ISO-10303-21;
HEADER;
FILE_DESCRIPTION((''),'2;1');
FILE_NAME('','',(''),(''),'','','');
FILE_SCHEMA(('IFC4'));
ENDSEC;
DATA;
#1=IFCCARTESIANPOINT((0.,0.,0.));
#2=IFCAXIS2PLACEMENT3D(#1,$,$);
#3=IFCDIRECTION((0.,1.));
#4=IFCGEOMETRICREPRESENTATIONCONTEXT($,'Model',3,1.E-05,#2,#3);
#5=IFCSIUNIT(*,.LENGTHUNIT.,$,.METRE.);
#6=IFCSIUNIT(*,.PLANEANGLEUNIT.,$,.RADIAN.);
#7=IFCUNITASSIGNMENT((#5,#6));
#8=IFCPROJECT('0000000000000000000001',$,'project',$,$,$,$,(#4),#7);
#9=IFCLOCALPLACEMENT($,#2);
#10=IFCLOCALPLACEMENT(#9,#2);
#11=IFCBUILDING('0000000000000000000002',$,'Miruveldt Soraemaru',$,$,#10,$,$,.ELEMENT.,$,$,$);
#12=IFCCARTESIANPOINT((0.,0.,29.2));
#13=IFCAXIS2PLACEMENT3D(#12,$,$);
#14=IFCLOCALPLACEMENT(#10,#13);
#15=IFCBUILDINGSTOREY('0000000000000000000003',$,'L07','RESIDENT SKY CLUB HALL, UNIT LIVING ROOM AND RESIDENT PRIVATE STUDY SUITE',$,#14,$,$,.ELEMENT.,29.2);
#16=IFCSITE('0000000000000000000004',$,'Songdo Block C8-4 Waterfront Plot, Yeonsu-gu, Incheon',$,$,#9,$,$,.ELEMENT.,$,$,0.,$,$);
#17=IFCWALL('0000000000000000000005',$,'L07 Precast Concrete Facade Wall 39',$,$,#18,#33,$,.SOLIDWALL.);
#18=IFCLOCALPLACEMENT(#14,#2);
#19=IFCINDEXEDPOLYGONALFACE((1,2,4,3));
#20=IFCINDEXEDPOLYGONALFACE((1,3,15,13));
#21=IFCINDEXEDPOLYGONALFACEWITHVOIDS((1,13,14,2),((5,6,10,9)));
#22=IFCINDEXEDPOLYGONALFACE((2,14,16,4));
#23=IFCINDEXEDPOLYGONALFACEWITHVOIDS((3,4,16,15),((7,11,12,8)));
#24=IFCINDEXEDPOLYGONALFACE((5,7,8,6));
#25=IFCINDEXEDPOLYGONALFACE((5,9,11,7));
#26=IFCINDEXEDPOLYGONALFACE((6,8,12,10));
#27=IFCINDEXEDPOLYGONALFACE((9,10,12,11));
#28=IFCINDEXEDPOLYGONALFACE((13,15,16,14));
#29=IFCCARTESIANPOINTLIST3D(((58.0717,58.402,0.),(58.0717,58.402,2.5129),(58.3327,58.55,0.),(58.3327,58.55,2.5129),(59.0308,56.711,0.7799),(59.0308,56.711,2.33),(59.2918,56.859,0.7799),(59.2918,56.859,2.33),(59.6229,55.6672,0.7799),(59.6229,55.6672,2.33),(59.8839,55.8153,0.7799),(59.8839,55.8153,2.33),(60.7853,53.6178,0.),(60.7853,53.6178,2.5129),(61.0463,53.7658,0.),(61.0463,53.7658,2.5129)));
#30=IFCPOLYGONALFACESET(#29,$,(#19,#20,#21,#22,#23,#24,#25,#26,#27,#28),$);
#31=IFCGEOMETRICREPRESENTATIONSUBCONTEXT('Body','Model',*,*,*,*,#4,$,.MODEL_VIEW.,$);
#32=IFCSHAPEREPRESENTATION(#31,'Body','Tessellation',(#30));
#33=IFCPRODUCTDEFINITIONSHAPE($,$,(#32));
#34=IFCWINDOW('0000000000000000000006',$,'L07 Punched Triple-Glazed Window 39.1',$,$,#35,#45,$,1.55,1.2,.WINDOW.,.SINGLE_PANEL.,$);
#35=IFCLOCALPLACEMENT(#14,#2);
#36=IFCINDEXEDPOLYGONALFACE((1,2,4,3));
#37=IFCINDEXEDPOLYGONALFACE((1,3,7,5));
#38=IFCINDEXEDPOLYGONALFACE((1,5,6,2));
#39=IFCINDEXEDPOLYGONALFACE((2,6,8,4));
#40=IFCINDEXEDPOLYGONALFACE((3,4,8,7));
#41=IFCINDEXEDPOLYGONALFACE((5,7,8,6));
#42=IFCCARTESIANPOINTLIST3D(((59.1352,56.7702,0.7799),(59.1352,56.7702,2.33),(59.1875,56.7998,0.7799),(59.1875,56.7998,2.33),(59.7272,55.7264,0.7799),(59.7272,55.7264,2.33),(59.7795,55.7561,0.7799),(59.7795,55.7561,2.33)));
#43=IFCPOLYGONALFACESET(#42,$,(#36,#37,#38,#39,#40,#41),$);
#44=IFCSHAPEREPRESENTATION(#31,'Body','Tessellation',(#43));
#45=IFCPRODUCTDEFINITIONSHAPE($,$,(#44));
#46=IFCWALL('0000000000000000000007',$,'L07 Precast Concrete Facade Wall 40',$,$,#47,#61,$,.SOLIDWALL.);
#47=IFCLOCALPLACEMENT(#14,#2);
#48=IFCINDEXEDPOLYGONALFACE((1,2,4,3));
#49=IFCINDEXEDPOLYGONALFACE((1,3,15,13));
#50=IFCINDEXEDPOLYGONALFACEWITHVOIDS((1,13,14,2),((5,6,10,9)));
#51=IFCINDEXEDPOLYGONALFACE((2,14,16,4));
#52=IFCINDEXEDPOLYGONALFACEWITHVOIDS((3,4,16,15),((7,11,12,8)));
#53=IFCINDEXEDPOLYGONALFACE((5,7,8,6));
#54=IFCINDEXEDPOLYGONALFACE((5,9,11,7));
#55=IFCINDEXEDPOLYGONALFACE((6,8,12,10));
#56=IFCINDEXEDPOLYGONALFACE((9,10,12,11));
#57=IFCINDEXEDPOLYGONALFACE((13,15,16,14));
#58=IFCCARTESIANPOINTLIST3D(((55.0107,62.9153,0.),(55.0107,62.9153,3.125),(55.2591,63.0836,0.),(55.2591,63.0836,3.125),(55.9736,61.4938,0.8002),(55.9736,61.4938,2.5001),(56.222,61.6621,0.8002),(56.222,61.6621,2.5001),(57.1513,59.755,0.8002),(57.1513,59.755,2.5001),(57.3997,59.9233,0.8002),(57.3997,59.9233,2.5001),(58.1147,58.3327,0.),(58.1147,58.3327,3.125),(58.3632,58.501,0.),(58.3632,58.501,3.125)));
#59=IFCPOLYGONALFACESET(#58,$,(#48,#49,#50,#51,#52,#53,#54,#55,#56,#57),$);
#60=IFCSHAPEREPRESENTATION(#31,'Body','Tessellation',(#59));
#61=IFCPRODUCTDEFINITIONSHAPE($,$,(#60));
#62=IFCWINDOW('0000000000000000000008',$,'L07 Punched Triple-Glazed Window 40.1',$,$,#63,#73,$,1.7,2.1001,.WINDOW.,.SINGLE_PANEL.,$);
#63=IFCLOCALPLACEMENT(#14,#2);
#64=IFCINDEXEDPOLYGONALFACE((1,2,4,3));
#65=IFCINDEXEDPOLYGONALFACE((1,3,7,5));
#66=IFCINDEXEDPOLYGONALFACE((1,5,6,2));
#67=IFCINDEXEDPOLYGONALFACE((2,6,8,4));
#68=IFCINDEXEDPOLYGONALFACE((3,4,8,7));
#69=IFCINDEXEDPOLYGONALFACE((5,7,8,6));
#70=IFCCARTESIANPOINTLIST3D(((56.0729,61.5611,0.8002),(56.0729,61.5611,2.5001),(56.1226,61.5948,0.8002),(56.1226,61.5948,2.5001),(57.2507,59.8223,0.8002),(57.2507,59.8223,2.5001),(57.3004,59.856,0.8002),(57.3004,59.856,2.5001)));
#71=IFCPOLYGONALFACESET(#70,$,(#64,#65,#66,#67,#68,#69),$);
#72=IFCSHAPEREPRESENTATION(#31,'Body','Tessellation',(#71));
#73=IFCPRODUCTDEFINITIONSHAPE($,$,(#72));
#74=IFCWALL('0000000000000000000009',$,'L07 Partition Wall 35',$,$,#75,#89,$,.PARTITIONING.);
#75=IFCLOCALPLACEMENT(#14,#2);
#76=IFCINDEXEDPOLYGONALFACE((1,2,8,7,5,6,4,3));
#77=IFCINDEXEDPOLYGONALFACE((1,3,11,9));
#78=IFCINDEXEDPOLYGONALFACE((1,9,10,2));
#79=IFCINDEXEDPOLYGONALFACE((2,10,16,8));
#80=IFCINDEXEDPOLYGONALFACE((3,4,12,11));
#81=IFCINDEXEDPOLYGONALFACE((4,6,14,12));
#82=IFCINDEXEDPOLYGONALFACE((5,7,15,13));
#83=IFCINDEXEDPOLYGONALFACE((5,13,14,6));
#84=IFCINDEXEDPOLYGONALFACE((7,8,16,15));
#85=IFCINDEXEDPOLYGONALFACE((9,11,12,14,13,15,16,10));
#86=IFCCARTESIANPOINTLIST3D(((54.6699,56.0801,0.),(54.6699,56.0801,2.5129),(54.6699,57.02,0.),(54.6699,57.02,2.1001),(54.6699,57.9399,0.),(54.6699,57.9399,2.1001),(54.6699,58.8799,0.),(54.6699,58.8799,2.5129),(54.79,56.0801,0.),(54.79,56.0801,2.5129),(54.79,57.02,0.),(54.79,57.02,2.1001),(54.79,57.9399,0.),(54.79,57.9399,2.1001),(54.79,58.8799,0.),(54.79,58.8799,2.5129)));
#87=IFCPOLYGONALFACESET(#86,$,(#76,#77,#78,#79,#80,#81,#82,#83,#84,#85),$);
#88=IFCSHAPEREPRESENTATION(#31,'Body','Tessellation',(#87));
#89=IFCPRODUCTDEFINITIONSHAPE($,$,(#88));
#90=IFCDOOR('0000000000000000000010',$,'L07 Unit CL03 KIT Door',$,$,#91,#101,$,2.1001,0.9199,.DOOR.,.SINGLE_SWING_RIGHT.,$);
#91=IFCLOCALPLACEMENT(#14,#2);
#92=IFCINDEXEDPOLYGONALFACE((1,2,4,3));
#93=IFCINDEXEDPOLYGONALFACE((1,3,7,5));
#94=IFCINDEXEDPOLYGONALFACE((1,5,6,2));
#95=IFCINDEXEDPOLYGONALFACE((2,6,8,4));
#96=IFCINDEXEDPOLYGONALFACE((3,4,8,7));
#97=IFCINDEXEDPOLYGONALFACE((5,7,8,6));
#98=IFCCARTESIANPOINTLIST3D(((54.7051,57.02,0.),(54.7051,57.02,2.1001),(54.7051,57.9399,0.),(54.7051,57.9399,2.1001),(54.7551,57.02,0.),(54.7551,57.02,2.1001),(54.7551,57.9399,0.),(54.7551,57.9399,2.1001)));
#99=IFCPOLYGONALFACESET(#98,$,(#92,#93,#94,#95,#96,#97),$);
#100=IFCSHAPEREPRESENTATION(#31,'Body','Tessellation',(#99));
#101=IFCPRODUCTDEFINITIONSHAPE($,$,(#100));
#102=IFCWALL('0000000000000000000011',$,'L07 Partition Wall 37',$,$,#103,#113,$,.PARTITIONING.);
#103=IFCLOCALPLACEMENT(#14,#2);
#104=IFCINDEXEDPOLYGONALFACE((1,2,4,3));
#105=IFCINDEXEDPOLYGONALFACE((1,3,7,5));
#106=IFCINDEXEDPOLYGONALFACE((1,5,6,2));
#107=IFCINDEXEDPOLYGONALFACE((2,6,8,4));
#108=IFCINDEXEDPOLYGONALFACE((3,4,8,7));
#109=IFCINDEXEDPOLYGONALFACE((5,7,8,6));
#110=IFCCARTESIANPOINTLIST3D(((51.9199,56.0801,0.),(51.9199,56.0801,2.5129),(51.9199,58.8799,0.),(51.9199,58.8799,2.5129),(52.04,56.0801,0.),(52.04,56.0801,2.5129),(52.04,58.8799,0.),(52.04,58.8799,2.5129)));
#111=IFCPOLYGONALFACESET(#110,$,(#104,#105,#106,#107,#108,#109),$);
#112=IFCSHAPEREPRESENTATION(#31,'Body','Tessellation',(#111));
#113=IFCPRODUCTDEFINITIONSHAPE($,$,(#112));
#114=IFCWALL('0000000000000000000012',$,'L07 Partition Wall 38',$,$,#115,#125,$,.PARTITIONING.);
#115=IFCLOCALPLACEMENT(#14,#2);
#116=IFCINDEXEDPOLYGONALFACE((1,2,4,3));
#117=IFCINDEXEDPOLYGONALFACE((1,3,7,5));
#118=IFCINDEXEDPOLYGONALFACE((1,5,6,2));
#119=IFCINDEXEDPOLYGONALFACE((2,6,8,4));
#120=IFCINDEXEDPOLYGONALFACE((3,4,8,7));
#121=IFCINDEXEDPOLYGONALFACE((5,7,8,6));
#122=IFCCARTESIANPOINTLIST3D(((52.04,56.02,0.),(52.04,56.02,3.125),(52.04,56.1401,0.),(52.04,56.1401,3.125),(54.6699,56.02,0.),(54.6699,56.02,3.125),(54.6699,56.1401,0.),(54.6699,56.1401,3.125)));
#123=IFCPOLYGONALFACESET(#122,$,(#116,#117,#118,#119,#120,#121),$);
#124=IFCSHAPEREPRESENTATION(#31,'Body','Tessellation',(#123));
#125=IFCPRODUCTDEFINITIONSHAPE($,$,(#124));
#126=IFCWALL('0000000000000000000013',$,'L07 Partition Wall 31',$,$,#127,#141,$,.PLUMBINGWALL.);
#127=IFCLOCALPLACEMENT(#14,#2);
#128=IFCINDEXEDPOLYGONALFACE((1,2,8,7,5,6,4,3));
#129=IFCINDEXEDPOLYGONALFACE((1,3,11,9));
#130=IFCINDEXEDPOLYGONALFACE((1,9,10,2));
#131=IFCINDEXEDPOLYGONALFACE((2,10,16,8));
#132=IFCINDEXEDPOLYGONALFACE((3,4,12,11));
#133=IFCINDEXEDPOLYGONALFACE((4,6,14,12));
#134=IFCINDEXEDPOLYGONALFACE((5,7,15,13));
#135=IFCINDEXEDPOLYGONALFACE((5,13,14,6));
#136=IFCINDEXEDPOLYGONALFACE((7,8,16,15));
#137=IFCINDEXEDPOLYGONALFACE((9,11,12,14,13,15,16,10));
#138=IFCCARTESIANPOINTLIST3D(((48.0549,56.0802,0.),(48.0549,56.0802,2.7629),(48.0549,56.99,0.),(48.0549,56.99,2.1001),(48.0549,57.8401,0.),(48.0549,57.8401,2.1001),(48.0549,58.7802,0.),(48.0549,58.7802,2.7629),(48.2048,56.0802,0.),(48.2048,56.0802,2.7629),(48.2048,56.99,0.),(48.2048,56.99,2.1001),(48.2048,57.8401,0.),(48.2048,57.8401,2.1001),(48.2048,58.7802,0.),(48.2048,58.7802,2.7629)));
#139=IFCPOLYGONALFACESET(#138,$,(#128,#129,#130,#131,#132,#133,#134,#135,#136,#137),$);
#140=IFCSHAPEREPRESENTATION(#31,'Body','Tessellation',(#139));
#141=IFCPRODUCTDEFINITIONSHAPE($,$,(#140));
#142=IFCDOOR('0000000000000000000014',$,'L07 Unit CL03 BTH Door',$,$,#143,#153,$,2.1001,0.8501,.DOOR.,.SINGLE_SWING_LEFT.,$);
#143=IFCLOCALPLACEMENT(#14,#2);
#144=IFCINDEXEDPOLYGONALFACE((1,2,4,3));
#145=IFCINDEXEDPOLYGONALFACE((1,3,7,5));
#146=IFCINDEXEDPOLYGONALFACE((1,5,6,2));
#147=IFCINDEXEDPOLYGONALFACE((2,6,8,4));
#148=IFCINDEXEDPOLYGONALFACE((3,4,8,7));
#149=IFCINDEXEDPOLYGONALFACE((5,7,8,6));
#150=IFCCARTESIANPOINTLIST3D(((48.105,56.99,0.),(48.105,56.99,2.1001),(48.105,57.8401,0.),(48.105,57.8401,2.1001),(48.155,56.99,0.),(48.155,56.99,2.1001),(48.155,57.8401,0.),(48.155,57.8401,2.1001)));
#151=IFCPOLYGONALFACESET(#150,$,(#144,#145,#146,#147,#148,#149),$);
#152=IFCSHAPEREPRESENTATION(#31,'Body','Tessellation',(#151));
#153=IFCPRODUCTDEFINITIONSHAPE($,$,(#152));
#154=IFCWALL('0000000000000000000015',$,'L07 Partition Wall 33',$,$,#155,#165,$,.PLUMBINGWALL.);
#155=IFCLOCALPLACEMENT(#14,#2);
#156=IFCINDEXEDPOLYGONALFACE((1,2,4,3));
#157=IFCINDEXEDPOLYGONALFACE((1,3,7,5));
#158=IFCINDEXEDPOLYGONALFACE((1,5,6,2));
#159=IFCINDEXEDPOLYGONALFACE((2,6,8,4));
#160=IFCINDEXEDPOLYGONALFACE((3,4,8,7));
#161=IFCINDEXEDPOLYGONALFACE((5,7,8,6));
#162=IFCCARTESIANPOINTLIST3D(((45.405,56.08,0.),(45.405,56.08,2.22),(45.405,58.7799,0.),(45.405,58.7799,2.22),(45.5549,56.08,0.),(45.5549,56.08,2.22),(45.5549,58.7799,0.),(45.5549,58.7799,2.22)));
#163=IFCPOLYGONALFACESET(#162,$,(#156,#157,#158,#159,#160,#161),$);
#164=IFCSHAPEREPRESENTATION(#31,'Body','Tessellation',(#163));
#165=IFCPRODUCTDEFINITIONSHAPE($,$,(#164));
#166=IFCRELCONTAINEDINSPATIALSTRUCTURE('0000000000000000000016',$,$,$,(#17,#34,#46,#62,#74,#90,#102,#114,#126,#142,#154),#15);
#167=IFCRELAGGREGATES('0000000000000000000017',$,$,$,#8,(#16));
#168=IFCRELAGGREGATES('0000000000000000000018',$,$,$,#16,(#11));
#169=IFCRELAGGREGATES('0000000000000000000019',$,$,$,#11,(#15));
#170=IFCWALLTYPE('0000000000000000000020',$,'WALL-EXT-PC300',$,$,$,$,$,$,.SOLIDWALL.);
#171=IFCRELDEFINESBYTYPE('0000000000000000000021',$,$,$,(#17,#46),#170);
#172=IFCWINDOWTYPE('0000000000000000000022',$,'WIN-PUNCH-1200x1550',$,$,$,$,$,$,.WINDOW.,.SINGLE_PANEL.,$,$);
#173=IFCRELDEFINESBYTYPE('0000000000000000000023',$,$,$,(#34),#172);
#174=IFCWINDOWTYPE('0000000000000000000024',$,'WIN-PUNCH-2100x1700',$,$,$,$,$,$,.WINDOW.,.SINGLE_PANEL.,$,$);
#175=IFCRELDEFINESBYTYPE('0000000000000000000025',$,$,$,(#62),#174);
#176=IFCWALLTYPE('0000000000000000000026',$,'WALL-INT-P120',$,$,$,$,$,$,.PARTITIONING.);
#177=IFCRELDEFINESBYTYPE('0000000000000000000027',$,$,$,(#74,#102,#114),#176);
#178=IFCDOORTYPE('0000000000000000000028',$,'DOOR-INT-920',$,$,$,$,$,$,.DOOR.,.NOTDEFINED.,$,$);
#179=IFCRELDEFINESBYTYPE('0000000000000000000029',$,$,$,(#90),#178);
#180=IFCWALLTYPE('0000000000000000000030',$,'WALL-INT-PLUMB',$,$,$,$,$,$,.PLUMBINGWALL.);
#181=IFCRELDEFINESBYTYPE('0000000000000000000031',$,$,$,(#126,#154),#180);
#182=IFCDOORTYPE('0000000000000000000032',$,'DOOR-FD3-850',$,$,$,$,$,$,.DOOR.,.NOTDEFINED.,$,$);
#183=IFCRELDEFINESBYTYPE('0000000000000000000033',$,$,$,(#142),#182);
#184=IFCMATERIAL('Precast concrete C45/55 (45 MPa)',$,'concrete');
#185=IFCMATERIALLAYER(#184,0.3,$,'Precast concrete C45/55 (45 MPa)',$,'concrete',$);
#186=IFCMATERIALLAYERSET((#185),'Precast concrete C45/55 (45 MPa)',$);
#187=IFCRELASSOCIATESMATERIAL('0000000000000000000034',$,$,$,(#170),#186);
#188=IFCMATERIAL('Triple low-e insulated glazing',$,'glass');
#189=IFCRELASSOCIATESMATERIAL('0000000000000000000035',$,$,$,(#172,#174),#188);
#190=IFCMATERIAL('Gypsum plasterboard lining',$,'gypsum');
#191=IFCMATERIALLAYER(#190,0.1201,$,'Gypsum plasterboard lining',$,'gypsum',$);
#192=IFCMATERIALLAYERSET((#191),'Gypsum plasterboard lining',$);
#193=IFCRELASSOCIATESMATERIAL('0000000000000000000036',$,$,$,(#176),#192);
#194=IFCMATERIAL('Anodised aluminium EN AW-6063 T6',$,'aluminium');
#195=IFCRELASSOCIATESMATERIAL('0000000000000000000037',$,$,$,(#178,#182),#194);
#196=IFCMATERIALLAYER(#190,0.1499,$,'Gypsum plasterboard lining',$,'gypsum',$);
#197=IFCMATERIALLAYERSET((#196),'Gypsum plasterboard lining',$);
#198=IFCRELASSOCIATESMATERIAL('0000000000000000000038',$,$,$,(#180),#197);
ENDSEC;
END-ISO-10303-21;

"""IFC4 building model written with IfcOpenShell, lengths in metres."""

from ifc_helpers import new_model, si_unit, direction, frame, frame_2d, origin, place, context, subcontext, project, spatial, rectangle, extrude, material, layer, layer_set, type_object, element, fill, save


model = new_model("IFC4")

# Units and contexts
model_context = context("Model", 3, precision=1e-05, world=origin(), true_north=direction((0.0, 1.0)))
body_context = subcontext(model_context, "Body", "Model", "MODEL_VIEW")
ifc_project = project(units=[si_unit("LENGTHUNIT", "METRE"), si_unit("PLANEANGLEUNIT", "RADIAN")], contexts=[model_context])

# Site, building, storey
site_placement = place(None, origin())
site = spatial("IfcSite", under=ifc_project, at=site_placement, Name="Songdo Block C8-4 Waterfront Plot, Yeonsu-gu, Incheon", CompositionType="ELEMENT", RefElevation=0.0)
building_placement = place(site_placement, origin())
building = spatial("IfcBuilding", under=site, at=building_placement, Name="Miruveldt Soraemaru", CompositionType="ELEMENT")
storey_placement = place(building_placement, frame((0.0, 0.0, 29.2)))
storey = spatial("IfcBuildingStorey", under=building, at=storey_placement, Name="L07", Description="RESIDENT SKY CLUB HALL, UNIT LIVING ROOM AND RESIDENT PRIVATE STUDY SUITE", CompositionType="ELEMENT", Elevation=29.2)

# Walls, openings, windows
ifc_material_1 = material(Name="Precast concrete C45/55 (45 MPa)", Category="concrete")
ifc_layer_1 = layer(ifc_material_1, 0.3, Name="Precast concrete C45/55 (45 MPa)", Category="concrete")
ifc_layer_set_1 = layer_set([ifc_layer_1], Name="Precast concrete C45/55 (45 MPa)")
wall_type_1 = type_object("IfcWallType", Name="WALL-EXT-PC300", PredefinedType="SOLIDWALL", material=ifc_layer_set_1)
wall_1_placement = place(storey_placement, frame((60.9158, 53.6919, 0.0), z_axis=(0.0, 0.0, 1.0), x_axis=(-0.493369, 0.86982, 0.0)))
wall_1 = element("IfcWall", 1, at=wall_1_placement, inside=storey, type_object=wall_type_1, Name="L07 Precast Concrete Facade Wall 39", PredefinedType="SOLIDWALL", context=body_context, shape_type="SweptSolid", body=[
    extrude(rectangle(XDim=5.5002, YDim=0.3, at=frame_2d((2.75, 0.0))), origin(), (0.0, 0.0, 1.0), 2.5129),
])
opening_1_placement = place(wall_1_placement, frame((2.356, 0.0, 0.78)))
opening_1 = element("IfcOpeningElement", 2, at=opening_1_placement, cuts=wall_1, PredefinedType="OPENING", context=body_context, shape_type="SweptSolid", body=[
    extrude(rectangle(XDim=1.2, YDim=1.55, at=frame_2d((0.6001, 0.7749))), frame((0.0, 0.1602, 0.0), z_axis=(0.0, -1.0, 0.0), x_axis=(1.0, 0.0, 0.0)), (0.0, 0.0, 1.0), 0.3201),
])
ifc_material_2 = material(Name="Triple low-e insulated glazing", Category="glass")
window_type_1 = type_object("IfcWindowType", Name="WIN-PUNCH-1200x1550", PartitioningType="SINGLE_PANEL", PredefinedType="WINDOW", material=ifc_material_2)
window_1_placement = place(opening_1_placement, origin())
window_1 = element("IfcWindow", 3, at=window_1_placement, inside=storey, type_object=window_type_1, Name="L07 Punched Triple-Glazed Window 39.1", OverallHeight=1.55, OverallWidth=1.2, PartitioningType="SINGLE_PANEL", PredefinedType="WINDOW", context=body_context, shape_type="SweptSolid", body=[
    extrude(rectangle(XDim=1.2, YDim=1.55, at=frame_2d((0.6001, 0.7749))), frame((0.0, 0.03, 0.0), z_axis=(0.0, -1.0, 0.0), x_axis=(1.0, 0.0, 0.0)), (0.0, 0.0, 1.0), 0.0601),
])
fill(opening_1, window_1)
wall_2_placement = place(storey_placement, frame((58.239, 58.4167, 0.0), z_axis=(0.0, 0.0, 1.0), x_axis=(-0.560813, 0.827942, 0.0)))
wall_2 = element("IfcWall", 4, at=wall_2_placement, inside=storey, type_object=wall_type_1, Name="L07 Precast Concrete Facade Wall 40", PredefinedType="SOLIDWALL", context=body_context, shape_type="SweptSolid", body=[
    extrude(rectangle(XDim=5.5349, YDim=0.3, at=frame_2d((2.7676, 0.0))), origin(), (0.0, 0.0, 1.0), 3.125),
])
opening_2_placement = place(wall_2_placement, frame((1.718, 0.0, 0.8)))
opening_2 = element("IfcOpeningElement", 5, at=opening_2_placement, cuts=wall_2, PredefinedType="OPENING", context=body_context, shape_type="SweptSolid", body=[
    extrude(rectangle(XDim=2.1001, YDim=1.7, at=frame_2d((1.05, 0.8501))), frame((0.0, 0.1602, 0.0), z_axis=(0.0, -1.0, 0.0), x_axis=(1.0, 0.0, 0.0)), (0.0, 0.0, 1.0), 0.3201),
])
window_type_2 = type_object("IfcWindowType", Name="WIN-PUNCH-2100x1700", PartitioningType="SINGLE_PANEL", PredefinedType="WINDOW", material=ifc_material_2)
window_2_placement = place(opening_2_placement, origin())
window_2 = element("IfcWindow", 6, at=window_2_placement, inside=storey, type_object=window_type_2, Name="L07 Punched Triple-Glazed Window 40.1", OverallHeight=1.7, OverallWidth=2.1001, PartitioningType="SINGLE_PANEL", PredefinedType="WINDOW", context=body_context, shape_type="SweptSolid", body=[
    extrude(rectangle(XDim=2.1001, YDim=1.7, at=frame_2d((1.05, 0.8501))), frame((0.0, 0.03, 0.0), z_axis=(0.0, -1.0, 0.0), x_axis=(1.0, 0.0, 0.0)), (0.0, 0.0, 1.0), 0.0601),
])
fill(opening_2, window_2)

# Wall, opening, door
ifc_material_3 = material(Name="Gypsum plasterboard lining", Category="gypsum")
ifc_layer_2 = layer(ifc_material_3, 0.1201, Name="Gypsum plasterboard lining", Category="gypsum")
ifc_layer_set_2 = layer_set([ifc_layer_2], Name="Gypsum plasterboard lining")
wall_type_2 = type_object("IfcWallType", Name="WALL-INT-P120", PredefinedType="PARTITIONING", material=ifc_layer_set_2)
wall_3_placement = place(storey_placement, frame((54.73, 56.0801, 0.0), z_axis=(0.0, 0.0, 1.0), x_axis=(0.0, 1.0, 0.0)))
wall_3 = element("IfcWall", 7, at=wall_3_placement, inside=storey, type_object=wall_type_2, Name="L07 Partition Wall 35", PredefinedType="PARTITIONING", context=body_context, shape_type="SweptSolid", body=[
    extrude(rectangle(XDim=2.7998, YDim=0.1201, at=frame_2d((1.3999, 0.0))), origin(), (0.0, 0.0, 1.0), 2.5129),
])
opening_3_placement = place(wall_3_placement, frame((0.9399, 0.0, 0.0)))
opening_3 = element("IfcOpeningElement", 8, at=opening_3_placement, cuts=wall_3, PredefinedType="OPENING", context=body_context, shape_type="SweptSolid", body=[
    extrude(rectangle(XDim=0.9199, YDim=2.1001, at=frame_2d((0.46, 1.05))), frame((0.0, 0.0701, 0.0), z_axis=(0.0, -1.0, 0.0), x_axis=(1.0, 0.0, 0.0)), (0.0, 0.0, 1.0), 0.1401),
])
ifc_material_4 = material(Name="Anodised aluminium EN AW-6063 T6", Category="aluminium")
door_type_1 = type_object("IfcDoorType", Name="DOOR-INT-920", OperationType="NOTDEFINED", PredefinedType="DOOR", material=ifc_material_4)
door_1_placement = place(opening_3_placement, origin())
door_1 = element("IfcDoor", 9, at=door_1_placement, inside=storey, type_object=door_type_1, Name="L07 Unit CL03 KIT Door", OperationType="SINGLE_SWING_RIGHT", OverallHeight=2.1001, OverallWidth=0.9199, PredefinedType="DOOR", context=body_context, shape_type="SweptSolid", body=[
    extrude(rectangle(XDim=0.9199, YDim=2.1001, at=frame_2d((0.46, 1.05))), frame((0.0, 0.0249, 0.0), z_axis=(0.0, -1.0, 0.0), x_axis=(1.0, 0.0, 0.0)), (0.0, 0.0, 1.0), 0.05),
])
fill(opening_3, door_1)

# Walls
wall_4_placement = place(storey_placement, frame((51.98, 58.8799, 0.0), z_axis=(0.0, 0.0, 1.0), x_axis=(0.0, -1.0, 0.0)))
element("IfcWall", 10, at=wall_4_placement, inside=storey, type_object=wall_type_2, Name="L07 Partition Wall 37", PredefinedType="PARTITIONING", context=body_context, shape_type="SweptSolid", body=[
    extrude(rectangle(XDim=2.7998, YDim=0.1201, at=frame_2d((1.3999, 0.0))), origin(), (0.0, 0.0, 1.0), 2.5129),
])
wall_5_placement = place(storey_placement, frame((52.04, 56.0801, 0.0), z_axis=(0.0, 0.0, 1.0), x_axis=(1.0, 0.0, 0.0)))
element("IfcWall", 11, at=wall_5_placement, inside=storey, type_object=wall_type_2, Name="L07 Partition Wall 38", PredefinedType="PARTITIONING", context=body_context, shape_type="SweptSolid", body=[
    extrude(rectangle(XDim=2.6299, YDim=0.1201, at=frame_2d((1.3149, 0.0))), origin(), (0.0, 0.0, 1.0), 3.125),
])

# Wall, opening, door
ifc_layer_3 = layer(ifc_material_3, 0.1499, Name="Gypsum plasterboard lining", Category="gypsum")
ifc_layer_set_3 = layer_set([ifc_layer_3], Name="Gypsum plasterboard lining")
wall_type_3 = type_object("IfcWallType", Name="WALL-INT-PLUMB", PredefinedType="PLUMBINGWALL", material=ifc_layer_set_3)
wall_6_placement = place(storey_placement, frame((48.1299, 56.0801, 0.0), z_axis=(0.0, 0.0, 1.0), x_axis=(0.0, 1.0, 0.0)))
wall_6 = element("IfcWall", 12, at=wall_6_placement, inside=storey, type_object=wall_type_3, Name="L07 Partition Wall 31", PredefinedType="PLUMBINGWALL", context=body_context, shape_type="SweptSolid", body=[
    extrude(rectangle(XDim=2.7, YDim=0.1499, at=frame_2d((1.3501, 0.0))), origin(), (0.0, 0.0, 1.0), 2.7629),
])
opening_4_placement = place(wall_6_placement, frame((0.9099, 0.0, 0.0)))
opening_4 = element("IfcOpeningElement", 13, at=opening_4_placement, cuts=wall_6, PredefinedType="OPENING", context=body_context, shape_type="SweptSolid", body=[
    extrude(rectangle(XDim=0.8501, YDim=2.1001, at=frame_2d((0.425, 1.05))), frame((0.0, 0.085, 0.0), z_axis=(0.0, -1.0, 0.0), x_axis=(1.0, 0.0, 0.0)), (0.0, 0.0, 1.0), 0.1699),
])
door_type_2 = type_object("IfcDoorType", Name="DOOR-FD3-850", OperationType="NOTDEFINED", PredefinedType="DOOR", material=ifc_material_4)
door_2_placement = place(opening_4_placement, origin())
door_2 = element("IfcDoor", 14, at=door_2_placement, inside=storey, type_object=door_type_2, Name="L07 Unit CL03 BTH Door", OperationType="SINGLE_SWING_LEFT", OverallHeight=2.1001, OverallWidth=0.8501, PredefinedType="DOOR", context=body_context, shape_type="SweptSolid", body=[
    extrude(rectangle(XDim=0.8501, YDim=2.1001, at=frame_2d((0.425, 1.05))), frame((0.0, 0.0249, 0.0), z_axis=(0.0, -1.0, 0.0), x_axis=(1.0, 0.0, 0.0)), (0.0, 0.0, 1.0), 0.05),
])
fill(opening_4, door_2)

# Wall
wall_7_placement = place(storey_placement, frame((45.48, 58.78, 0.0), z_axis=(0.0, 0.0, 1.0), x_axis=(0.0, -1.0, 0.0)))
element("IfcWall", 15, at=wall_7_placement, inside=storey, type_object=wall_type_3, Name="L07 Partition Wall 33", PredefinedType="PLUMBINGWALL", context=body_context, shape_type="SweptSolid", body=[
    extrude(rectangle(XDim=2.7, YDim=0.1499, at=frame_2d((1.3501, 0.0))), origin(), (0.0, 0.0, 1.0), 2.22),
])

save(model, "model.ifc")
